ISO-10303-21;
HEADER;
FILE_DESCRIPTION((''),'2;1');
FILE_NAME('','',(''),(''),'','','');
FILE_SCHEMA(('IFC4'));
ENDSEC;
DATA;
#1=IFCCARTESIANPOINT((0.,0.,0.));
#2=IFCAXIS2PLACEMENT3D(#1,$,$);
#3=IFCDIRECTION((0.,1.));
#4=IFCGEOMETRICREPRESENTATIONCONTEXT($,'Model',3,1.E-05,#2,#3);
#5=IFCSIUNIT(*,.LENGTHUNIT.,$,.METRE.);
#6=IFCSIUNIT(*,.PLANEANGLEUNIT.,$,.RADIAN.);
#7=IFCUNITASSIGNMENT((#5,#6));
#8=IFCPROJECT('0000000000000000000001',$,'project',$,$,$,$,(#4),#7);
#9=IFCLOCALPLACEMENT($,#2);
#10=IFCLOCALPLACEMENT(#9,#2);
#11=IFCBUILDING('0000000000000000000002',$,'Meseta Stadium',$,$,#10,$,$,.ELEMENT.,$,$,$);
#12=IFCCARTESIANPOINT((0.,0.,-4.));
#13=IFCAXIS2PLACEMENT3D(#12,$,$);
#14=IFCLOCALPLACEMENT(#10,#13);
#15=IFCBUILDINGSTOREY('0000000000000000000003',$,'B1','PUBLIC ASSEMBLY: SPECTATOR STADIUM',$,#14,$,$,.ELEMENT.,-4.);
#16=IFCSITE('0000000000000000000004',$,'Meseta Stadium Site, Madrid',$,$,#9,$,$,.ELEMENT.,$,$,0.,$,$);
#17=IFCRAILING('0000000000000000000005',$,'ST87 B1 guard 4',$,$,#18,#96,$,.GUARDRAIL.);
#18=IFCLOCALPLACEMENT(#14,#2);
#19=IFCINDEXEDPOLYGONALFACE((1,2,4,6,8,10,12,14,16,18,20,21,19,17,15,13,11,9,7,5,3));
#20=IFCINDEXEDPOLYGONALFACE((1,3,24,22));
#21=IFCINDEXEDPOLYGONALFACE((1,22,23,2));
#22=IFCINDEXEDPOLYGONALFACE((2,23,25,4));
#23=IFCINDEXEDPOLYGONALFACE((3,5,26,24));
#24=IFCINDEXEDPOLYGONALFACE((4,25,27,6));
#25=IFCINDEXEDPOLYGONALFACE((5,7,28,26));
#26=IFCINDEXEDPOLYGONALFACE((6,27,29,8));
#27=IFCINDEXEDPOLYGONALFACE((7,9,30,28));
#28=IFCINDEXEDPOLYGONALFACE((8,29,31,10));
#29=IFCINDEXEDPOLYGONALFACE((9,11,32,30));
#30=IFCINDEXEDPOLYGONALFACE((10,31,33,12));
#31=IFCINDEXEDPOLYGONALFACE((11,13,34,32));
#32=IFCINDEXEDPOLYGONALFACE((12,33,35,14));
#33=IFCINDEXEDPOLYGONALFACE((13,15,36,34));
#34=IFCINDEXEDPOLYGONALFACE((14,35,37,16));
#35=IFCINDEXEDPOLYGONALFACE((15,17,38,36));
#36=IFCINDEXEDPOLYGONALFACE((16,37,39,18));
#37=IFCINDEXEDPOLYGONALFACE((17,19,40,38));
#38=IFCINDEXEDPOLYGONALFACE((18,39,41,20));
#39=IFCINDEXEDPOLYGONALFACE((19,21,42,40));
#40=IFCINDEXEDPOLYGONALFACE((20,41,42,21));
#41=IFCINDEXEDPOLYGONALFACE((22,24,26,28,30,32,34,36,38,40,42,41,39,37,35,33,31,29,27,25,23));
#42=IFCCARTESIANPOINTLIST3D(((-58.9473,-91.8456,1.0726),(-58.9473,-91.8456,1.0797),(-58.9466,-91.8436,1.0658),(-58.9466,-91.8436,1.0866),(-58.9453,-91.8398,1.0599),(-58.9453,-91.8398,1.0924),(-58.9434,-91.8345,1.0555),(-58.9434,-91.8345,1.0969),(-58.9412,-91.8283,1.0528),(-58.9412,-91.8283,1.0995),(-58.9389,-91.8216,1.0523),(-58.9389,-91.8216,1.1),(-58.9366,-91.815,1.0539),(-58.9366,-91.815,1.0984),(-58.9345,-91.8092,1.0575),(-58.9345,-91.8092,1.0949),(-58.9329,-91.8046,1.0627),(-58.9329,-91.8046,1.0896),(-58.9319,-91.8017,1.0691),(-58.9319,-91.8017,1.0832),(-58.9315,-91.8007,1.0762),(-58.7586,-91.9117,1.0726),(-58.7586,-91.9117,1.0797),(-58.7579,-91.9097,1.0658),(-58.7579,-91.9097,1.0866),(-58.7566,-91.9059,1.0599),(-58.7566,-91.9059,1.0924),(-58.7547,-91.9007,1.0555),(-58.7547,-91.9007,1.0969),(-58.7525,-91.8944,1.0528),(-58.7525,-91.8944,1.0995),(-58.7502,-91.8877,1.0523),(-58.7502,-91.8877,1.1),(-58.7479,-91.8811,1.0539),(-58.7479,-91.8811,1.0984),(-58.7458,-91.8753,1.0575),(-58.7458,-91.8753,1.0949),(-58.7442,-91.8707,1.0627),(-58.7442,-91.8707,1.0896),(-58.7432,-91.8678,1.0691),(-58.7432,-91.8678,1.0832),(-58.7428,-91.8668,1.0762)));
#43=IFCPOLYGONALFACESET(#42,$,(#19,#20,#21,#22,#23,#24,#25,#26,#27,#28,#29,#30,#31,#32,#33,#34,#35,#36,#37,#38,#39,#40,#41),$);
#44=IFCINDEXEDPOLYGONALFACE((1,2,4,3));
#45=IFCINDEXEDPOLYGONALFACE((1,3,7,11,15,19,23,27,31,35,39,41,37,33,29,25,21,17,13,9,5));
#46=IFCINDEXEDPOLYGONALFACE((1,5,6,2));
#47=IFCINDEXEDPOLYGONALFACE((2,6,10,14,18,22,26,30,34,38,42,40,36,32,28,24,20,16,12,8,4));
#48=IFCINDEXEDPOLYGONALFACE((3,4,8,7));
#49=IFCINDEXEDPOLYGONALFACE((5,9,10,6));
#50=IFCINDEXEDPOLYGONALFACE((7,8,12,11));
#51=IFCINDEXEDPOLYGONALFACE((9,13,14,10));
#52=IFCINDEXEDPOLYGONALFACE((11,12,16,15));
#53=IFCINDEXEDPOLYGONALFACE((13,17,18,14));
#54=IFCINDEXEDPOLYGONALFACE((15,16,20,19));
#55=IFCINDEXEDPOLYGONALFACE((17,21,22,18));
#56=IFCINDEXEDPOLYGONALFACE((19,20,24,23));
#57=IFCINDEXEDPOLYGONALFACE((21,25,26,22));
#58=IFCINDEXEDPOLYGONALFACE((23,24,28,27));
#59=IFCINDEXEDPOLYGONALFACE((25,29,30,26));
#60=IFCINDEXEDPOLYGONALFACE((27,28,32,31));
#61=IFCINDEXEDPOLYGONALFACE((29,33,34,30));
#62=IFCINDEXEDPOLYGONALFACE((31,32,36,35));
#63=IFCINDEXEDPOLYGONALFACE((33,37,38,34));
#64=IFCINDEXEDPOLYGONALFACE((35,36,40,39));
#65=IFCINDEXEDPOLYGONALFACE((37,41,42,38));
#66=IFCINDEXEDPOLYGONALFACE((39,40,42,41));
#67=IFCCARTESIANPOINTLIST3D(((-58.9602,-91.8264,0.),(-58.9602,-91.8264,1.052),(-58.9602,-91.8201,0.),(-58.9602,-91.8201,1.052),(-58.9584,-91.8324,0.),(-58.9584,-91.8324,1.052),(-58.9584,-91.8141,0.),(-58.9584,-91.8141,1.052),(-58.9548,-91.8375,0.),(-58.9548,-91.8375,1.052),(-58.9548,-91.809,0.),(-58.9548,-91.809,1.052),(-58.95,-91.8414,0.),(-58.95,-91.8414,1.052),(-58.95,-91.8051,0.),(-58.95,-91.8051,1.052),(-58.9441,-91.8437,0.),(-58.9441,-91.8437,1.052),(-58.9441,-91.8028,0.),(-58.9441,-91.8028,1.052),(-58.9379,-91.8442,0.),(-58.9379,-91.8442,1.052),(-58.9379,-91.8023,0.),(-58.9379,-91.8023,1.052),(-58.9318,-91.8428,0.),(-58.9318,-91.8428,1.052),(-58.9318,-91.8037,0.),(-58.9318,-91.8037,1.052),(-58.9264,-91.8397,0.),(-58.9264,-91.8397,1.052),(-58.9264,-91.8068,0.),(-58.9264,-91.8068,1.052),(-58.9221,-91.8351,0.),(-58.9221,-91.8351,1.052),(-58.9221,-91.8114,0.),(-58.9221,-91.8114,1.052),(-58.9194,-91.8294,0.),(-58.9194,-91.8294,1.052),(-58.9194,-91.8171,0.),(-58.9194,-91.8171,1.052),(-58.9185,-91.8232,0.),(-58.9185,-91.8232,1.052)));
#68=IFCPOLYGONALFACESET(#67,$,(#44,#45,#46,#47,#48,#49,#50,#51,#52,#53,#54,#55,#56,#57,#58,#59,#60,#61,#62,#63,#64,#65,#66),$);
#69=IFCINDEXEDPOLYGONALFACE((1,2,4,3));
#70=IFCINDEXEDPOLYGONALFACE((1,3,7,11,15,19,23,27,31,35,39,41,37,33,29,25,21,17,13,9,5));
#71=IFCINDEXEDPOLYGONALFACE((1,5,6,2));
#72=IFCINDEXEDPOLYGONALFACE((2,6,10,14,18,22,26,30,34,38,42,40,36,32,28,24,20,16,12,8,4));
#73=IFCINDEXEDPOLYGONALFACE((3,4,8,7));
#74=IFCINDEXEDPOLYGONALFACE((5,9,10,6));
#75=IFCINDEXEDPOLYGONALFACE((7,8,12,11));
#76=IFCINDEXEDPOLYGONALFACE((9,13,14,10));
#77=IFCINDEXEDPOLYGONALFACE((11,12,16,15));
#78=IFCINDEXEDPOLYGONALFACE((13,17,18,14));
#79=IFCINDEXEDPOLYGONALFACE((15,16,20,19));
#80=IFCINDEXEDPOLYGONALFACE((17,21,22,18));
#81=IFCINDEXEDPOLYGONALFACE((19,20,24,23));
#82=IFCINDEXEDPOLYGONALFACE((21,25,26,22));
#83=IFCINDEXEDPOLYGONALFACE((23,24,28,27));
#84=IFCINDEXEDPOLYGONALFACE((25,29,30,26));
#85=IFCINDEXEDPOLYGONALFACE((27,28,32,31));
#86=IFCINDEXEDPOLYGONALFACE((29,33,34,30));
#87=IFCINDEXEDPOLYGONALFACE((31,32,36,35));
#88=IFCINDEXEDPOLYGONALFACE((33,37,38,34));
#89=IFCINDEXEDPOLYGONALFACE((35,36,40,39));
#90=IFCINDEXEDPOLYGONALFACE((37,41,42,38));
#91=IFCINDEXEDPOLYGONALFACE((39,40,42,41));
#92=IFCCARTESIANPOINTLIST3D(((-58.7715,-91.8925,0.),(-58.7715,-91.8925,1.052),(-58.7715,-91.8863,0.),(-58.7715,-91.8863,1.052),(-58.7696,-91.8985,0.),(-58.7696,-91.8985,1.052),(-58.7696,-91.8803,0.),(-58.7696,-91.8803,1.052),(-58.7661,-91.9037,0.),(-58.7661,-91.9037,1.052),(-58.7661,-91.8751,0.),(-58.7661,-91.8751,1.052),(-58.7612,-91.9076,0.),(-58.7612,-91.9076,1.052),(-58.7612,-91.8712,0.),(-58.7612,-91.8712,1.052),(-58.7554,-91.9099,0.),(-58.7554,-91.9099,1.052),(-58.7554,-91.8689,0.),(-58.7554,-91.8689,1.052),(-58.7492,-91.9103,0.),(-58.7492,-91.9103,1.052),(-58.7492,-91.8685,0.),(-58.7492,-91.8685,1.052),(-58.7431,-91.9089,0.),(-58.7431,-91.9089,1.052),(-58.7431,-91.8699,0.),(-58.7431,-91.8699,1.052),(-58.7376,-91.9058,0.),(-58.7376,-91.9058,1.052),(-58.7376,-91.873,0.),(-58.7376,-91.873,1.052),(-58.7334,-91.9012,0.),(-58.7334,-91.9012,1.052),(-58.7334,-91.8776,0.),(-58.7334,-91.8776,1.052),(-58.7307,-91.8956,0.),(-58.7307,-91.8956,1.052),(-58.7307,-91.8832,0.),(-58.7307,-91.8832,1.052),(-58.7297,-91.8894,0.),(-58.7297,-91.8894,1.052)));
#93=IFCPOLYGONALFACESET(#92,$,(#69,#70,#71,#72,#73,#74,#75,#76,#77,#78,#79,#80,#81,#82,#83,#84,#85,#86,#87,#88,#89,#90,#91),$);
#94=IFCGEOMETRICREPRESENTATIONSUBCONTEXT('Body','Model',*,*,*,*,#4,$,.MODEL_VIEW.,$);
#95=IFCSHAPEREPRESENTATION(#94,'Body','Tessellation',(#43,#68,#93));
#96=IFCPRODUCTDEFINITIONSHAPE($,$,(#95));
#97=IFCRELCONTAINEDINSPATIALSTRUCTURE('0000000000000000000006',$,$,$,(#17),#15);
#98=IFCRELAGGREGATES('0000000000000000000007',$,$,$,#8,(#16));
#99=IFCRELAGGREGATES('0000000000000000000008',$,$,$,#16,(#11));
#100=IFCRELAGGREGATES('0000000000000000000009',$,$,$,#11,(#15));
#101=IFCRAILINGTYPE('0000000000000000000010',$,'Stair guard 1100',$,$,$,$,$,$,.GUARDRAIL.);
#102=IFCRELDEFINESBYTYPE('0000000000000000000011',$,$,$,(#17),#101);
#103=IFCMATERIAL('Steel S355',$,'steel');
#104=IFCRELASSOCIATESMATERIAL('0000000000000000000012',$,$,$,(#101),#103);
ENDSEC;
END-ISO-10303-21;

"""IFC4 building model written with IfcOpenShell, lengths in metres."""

from ifc_helpers import new_model, si_unit, direction, frame, origin, origin_2d, place, context, subcontext, project, spatial, circle, extrude, material, type_object, element, save


model = new_model("IFC4")

# Units and contexts
model_context = context("Model", 3, precision=1e-05, world=origin(), true_north=direction((0.0, 1.0)))
body_context = subcontext(model_context, "Body", "Model", "MODEL_VIEW")
ifc_project = project(units=[si_unit("LENGTHUNIT", "METRE"), si_unit("PLANEANGLEUNIT", "RADIAN")], contexts=[model_context])

# Site, building, storey
site_placement = place(None, origin())
site = spatial("IfcSite", under=ifc_project, at=site_placement, Name="Meseta Stadium Site, Madrid", CompositionType="ELEMENT", RefElevation=0.0)
building_placement = place(site_placement, origin())
building = spatial("IfcBuilding", under=site, at=building_placement, Name="Meseta Stadium", CompositionType="ELEMENT")
storey_placement = place(building_placement, frame((0.0, 0.0, -4.0)))
storey = spatial("IfcBuildingStorey", under=building, at=storey_placement, Name="B1", Description="PUBLIC ASSEMBLY: SPECTATOR STADIUM", CompositionType="ELEMENT", Elevation=-4.0)

# Railing
ifc_material_1 = material(Name="Steel S355", Category="steel")
railing_type_1 = type_object("IfcRailingType", Name="Stair guard 1100", PredefinedType="GUARDRAIL", material=ifc_material_1)
railing_1_placement = place(storey_placement, frame((-58.9395, -91.8232, 0.0)))
element("IfcRailing", 1, at=railing_1_placement, inside=storey, type_object=railing_type_1, Name="ST87 B1 guard 4", PredefinedType="GUARDRAIL", context=body_context, shape_type="SweptSolid", body=[
    extrude(circle(Radius=0.0239, at=origin_2d()), frame((0.0, 0.0, 1.0762), z_axis=(0.943687, -0.33084, 0.0), x_axis=(0.33084, 0.943687, 0.0)), (0.0, 0.0, 1.0), 0.2),
    extrude(circle(Radius=0.021, at=origin_2d()), origin(), (0.0, 0.0, 1.0), 1.052),
    extrude(circle(Radius=0.021, at=origin_2d()), frame((0.1887, -0.0662, 0.0)), (0.0, 0.0, 1.0), 1.052),
])

save(model, "model.ifc")
